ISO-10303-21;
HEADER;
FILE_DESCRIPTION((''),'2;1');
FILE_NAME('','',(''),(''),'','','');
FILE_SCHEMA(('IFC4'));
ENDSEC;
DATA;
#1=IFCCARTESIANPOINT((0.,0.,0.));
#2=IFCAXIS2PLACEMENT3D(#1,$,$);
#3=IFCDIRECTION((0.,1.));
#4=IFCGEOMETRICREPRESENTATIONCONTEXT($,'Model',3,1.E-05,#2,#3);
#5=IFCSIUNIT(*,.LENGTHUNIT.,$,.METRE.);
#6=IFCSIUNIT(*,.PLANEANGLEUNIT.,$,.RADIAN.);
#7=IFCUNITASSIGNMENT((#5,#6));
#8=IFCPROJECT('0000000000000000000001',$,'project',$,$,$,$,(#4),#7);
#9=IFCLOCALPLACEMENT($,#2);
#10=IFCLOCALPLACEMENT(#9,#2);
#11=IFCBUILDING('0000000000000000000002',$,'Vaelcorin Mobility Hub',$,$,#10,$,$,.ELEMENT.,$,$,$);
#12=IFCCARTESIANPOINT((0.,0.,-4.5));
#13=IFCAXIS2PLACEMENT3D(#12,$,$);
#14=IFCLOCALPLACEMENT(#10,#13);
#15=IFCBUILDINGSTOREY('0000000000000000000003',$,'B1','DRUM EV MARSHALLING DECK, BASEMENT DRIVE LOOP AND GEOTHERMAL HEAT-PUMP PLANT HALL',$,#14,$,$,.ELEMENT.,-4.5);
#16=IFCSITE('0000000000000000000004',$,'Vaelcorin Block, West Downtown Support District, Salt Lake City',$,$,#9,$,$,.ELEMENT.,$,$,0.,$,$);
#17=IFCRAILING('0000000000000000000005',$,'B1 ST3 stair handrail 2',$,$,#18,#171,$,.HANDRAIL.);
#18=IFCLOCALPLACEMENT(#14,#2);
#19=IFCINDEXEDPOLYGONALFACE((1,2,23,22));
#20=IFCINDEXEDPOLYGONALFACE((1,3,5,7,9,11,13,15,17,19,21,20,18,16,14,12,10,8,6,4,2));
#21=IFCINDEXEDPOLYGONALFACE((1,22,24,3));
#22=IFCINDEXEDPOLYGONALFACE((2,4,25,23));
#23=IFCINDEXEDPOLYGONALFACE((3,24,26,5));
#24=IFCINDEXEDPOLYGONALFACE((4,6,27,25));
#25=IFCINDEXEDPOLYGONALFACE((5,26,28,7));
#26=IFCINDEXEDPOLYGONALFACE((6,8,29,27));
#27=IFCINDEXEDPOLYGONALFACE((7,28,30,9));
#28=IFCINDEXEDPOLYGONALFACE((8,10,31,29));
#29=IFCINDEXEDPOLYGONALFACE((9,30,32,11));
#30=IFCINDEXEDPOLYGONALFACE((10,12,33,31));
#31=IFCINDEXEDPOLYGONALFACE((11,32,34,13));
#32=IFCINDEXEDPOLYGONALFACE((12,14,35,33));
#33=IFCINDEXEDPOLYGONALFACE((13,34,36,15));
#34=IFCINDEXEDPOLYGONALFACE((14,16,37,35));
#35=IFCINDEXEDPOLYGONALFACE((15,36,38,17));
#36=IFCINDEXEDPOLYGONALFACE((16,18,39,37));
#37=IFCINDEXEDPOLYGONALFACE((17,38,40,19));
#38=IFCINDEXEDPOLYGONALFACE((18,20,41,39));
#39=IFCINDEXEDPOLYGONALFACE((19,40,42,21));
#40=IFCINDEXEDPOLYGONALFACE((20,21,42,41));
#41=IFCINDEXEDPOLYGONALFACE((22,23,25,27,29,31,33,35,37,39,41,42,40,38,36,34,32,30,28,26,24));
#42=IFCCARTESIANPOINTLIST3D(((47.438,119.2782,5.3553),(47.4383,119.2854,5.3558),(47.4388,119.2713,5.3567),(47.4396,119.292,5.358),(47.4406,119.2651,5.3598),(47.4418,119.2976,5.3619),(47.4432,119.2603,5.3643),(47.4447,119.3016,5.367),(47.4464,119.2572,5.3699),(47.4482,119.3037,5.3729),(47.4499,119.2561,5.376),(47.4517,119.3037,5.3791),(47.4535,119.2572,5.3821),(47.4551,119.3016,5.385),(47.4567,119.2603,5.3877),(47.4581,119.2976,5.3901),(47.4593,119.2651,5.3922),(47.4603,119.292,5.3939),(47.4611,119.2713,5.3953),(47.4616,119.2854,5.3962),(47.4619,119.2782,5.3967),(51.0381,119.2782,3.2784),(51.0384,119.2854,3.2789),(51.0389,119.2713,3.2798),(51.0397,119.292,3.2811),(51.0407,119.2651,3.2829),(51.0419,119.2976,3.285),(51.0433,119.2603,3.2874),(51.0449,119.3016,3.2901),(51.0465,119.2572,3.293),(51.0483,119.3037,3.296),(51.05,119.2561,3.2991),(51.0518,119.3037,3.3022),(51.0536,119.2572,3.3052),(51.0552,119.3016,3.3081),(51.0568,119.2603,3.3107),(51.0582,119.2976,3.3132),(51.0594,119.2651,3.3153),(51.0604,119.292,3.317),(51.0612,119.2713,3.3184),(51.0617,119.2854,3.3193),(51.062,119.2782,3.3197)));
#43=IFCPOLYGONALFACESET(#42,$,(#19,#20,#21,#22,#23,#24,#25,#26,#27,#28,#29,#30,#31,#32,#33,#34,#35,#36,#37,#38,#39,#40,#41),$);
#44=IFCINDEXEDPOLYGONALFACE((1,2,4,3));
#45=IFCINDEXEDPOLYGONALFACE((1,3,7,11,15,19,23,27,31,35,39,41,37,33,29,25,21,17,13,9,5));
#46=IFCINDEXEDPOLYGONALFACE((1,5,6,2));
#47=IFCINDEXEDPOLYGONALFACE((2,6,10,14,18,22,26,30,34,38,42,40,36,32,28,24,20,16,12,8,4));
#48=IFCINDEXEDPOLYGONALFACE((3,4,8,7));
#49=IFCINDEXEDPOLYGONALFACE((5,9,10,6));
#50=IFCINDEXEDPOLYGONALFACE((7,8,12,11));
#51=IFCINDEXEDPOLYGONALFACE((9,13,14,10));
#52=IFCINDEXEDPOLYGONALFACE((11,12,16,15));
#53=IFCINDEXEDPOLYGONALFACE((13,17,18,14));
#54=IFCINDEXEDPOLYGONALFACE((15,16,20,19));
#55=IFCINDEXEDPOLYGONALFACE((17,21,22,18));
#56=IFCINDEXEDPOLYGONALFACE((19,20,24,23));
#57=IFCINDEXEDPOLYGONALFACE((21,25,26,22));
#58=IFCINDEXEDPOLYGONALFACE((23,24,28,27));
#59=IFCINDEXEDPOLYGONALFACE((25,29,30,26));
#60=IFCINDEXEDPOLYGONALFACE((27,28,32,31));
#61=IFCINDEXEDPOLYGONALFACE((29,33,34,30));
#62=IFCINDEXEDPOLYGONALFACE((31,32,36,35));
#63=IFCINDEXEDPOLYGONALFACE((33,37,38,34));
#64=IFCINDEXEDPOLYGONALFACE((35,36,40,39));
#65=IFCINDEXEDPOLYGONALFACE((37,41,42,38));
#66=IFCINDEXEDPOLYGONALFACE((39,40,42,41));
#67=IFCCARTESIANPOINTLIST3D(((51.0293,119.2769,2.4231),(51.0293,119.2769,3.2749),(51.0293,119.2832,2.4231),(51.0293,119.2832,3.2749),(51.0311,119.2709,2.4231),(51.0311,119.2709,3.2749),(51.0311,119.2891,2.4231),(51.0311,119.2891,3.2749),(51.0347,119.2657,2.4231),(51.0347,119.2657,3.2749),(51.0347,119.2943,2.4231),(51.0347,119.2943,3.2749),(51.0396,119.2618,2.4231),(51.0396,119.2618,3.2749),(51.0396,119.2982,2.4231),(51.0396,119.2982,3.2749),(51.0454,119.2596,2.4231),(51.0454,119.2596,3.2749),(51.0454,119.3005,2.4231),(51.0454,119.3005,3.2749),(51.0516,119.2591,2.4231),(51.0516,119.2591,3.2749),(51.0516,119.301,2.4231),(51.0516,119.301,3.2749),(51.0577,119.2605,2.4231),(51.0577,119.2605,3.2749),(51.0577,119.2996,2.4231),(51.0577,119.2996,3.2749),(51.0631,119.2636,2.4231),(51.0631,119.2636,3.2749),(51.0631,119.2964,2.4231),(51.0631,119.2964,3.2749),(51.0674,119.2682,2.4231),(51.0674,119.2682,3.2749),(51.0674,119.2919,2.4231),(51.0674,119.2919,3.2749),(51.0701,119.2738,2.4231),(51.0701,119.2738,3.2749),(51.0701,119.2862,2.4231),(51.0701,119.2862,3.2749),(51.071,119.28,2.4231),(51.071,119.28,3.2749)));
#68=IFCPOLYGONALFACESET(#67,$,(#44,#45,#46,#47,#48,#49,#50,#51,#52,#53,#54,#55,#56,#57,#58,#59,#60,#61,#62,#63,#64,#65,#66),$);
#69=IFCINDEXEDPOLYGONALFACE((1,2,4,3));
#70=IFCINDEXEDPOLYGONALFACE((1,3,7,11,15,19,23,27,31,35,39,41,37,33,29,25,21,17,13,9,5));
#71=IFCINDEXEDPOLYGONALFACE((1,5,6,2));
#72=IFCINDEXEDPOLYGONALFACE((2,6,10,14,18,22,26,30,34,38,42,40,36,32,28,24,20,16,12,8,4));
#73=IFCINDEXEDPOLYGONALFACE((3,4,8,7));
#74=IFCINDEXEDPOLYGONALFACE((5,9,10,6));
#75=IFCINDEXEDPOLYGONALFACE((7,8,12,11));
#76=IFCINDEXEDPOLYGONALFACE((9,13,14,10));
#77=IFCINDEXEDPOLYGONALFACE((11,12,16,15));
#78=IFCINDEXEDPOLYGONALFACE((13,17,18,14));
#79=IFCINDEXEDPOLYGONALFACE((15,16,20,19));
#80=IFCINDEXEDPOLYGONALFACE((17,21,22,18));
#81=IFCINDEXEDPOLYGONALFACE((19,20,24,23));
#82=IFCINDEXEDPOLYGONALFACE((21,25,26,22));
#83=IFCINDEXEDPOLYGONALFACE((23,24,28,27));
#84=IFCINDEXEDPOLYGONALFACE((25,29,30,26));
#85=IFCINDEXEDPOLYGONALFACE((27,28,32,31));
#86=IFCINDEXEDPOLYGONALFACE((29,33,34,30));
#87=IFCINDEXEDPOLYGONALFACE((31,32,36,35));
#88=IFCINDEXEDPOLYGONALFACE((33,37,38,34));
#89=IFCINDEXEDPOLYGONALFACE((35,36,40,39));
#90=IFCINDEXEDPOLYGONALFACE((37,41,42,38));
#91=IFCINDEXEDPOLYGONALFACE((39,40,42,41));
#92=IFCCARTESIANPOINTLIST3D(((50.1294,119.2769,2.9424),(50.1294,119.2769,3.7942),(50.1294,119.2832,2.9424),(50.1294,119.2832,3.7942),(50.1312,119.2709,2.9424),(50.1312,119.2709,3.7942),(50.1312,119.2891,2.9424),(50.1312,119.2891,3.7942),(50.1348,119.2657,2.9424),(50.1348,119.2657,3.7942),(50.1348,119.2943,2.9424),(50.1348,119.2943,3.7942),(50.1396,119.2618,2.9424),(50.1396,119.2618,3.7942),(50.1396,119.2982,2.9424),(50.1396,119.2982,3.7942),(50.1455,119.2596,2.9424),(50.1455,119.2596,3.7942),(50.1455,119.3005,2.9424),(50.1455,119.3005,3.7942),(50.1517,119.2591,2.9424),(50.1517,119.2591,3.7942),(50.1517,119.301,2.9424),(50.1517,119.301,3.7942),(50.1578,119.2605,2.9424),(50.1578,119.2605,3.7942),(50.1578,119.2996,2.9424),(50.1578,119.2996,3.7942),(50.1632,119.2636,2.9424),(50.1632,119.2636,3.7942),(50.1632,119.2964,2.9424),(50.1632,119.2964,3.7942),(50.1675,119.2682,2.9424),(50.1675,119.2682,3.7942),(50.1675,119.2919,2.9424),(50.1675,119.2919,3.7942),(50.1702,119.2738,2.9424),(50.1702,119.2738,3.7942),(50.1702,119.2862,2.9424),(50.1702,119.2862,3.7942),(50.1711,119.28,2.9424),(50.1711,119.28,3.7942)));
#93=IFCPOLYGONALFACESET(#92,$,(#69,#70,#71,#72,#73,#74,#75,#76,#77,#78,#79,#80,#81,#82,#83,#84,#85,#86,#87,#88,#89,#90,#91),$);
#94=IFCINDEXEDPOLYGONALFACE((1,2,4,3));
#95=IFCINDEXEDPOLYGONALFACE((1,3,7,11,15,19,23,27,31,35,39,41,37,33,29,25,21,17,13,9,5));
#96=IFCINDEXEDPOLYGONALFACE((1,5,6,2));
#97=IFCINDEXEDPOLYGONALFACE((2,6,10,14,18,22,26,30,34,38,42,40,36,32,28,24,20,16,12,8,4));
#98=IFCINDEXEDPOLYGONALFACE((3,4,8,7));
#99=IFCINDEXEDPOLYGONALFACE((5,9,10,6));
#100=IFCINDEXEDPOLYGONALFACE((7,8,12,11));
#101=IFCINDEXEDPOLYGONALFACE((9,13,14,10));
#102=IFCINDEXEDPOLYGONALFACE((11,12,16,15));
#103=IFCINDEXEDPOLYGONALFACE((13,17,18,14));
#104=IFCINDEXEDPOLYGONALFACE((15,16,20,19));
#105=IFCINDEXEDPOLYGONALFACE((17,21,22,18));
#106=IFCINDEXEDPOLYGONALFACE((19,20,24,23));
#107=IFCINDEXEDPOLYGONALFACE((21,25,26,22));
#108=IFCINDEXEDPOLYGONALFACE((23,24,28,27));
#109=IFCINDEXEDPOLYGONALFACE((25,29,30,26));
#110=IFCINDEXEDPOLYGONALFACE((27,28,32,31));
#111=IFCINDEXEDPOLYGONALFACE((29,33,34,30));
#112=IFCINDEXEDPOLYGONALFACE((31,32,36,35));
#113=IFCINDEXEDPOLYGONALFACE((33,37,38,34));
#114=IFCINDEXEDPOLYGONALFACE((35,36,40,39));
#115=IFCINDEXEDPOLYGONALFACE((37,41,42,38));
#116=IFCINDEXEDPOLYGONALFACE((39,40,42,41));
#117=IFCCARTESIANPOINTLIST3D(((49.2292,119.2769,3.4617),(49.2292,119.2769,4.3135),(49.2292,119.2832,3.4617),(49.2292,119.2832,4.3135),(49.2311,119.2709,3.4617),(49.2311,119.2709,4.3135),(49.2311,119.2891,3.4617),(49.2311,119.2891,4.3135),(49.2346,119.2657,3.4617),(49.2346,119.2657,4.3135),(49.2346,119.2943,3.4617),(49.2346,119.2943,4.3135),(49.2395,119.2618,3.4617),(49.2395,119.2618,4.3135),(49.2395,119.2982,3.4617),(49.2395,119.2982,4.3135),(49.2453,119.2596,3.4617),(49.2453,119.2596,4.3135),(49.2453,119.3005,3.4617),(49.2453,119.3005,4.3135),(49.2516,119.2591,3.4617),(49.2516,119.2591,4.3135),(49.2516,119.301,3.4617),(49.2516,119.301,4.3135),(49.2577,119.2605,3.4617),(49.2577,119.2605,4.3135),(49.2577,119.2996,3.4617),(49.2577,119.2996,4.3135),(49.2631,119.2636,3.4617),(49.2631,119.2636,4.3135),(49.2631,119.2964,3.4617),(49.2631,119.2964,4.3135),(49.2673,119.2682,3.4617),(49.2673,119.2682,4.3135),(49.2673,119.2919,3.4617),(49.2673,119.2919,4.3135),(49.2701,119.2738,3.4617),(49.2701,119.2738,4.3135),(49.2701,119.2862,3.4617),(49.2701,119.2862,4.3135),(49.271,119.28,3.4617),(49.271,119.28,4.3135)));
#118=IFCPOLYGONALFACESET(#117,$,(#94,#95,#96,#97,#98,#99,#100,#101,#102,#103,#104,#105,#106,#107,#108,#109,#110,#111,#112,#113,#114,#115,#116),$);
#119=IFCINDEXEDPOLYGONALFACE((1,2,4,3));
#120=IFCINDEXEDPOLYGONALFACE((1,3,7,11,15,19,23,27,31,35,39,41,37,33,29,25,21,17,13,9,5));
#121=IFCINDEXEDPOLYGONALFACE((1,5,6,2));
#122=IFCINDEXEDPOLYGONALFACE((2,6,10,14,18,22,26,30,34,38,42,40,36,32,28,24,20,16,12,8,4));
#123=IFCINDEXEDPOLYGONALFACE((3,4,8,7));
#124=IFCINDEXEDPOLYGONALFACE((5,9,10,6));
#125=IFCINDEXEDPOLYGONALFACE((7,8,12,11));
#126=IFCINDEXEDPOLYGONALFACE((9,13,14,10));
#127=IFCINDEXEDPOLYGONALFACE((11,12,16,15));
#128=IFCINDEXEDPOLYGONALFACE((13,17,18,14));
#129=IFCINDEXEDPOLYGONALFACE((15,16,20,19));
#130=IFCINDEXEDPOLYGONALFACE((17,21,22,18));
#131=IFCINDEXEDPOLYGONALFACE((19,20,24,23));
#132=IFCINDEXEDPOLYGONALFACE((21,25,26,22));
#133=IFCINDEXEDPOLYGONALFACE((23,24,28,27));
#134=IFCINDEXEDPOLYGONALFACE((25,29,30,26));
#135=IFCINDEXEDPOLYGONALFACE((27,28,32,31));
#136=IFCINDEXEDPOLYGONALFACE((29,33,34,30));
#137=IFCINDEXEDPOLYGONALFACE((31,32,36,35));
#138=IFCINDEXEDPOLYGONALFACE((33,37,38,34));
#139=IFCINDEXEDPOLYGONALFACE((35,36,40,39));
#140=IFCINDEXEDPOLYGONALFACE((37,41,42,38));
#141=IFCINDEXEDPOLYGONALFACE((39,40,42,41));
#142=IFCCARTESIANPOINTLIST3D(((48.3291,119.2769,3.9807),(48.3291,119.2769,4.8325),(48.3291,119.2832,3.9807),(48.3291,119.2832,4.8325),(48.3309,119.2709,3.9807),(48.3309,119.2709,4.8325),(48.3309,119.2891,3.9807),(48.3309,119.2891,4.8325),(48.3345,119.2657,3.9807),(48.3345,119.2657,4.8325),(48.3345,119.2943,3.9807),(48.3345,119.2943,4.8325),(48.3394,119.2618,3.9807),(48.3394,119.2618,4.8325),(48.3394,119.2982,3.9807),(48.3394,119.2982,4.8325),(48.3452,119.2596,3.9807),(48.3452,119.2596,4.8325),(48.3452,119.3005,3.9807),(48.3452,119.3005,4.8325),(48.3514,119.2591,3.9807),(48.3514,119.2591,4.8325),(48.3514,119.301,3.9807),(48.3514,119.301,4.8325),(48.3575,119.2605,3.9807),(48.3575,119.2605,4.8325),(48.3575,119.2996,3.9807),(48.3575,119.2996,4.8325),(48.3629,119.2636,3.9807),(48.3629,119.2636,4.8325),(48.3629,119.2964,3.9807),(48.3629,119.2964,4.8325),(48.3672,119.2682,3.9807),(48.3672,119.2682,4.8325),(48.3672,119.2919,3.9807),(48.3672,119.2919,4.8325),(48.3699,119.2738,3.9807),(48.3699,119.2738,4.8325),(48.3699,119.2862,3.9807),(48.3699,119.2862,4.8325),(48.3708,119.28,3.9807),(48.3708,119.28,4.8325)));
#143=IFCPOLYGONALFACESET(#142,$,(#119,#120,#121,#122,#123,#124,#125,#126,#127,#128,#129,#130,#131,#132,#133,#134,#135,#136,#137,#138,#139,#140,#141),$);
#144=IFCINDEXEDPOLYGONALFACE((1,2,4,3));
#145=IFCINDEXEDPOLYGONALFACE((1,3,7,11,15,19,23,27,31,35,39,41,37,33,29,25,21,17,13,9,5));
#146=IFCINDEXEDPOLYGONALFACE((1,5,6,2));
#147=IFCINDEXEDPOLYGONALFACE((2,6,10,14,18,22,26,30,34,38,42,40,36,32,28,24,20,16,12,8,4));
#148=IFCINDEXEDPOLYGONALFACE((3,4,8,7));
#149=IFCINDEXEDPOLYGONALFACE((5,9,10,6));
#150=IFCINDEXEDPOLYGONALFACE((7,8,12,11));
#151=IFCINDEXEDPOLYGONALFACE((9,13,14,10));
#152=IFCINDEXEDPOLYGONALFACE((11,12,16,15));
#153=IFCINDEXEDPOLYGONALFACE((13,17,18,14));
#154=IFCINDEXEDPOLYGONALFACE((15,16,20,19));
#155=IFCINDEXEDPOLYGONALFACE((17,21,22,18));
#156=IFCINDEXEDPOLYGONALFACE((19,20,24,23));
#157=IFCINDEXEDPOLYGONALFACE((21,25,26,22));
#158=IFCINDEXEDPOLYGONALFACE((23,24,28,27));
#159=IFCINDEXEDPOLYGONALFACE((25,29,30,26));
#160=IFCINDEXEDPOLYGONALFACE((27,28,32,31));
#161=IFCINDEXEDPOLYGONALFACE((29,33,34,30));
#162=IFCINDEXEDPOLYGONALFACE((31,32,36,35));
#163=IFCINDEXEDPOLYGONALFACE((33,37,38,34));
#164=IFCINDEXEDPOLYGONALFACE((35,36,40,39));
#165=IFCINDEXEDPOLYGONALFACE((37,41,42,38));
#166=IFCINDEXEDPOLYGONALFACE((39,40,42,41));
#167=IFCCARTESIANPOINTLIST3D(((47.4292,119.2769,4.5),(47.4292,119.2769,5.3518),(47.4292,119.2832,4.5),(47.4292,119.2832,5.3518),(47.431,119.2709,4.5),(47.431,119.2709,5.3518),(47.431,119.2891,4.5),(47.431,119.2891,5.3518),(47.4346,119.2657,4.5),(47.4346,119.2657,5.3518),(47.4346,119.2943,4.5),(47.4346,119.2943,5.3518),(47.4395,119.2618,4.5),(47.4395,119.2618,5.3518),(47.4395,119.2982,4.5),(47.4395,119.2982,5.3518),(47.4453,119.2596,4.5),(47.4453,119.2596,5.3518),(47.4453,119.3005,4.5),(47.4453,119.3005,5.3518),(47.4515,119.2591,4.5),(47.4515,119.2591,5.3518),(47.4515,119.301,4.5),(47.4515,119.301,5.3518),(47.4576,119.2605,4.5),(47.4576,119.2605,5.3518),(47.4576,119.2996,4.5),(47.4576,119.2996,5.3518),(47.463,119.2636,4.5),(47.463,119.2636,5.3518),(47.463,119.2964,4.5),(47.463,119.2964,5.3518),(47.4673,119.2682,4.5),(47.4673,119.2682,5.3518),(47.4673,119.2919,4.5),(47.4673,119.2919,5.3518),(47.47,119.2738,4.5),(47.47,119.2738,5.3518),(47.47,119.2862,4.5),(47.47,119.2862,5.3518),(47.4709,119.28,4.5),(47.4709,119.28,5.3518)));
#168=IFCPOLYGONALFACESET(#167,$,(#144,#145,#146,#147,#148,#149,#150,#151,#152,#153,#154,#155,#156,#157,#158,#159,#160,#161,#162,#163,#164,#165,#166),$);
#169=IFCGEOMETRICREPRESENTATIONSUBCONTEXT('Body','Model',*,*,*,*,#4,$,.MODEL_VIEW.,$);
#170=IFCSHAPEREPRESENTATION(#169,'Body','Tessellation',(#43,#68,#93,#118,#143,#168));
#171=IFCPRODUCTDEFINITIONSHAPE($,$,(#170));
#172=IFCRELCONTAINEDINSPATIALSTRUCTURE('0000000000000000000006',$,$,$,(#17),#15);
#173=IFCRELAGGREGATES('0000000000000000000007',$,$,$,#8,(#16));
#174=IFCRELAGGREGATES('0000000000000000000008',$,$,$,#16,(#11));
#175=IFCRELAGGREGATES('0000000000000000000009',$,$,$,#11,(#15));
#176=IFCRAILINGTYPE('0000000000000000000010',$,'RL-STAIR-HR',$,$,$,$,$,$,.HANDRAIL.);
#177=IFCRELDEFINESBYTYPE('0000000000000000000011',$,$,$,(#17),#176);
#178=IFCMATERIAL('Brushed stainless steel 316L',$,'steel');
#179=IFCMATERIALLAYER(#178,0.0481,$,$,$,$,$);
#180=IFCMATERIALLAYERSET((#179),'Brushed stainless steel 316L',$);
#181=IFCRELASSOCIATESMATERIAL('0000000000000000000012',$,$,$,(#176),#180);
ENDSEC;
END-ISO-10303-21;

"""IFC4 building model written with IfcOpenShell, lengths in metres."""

from ifc_helpers import new_model, si_unit, direction, frame, origin, origin_2d, place, context, subcontext, project, spatial, circle, extrude, material, layer, layer_set, type_object, element, save


model = new_model("IFC4")

# Units and contexts
model_context = context("Model", 3, precision=1e-05, world=origin(), true_north=direction((0.0, 1.0)))
body_context = subcontext(model_context, "Body", "Model", "MODEL_VIEW")
ifc_project = project(units=[si_unit("LENGTHUNIT", "METRE"), si_unit("PLANEANGLEUNIT", "RADIAN")], contexts=[model_context])

# Site, building, storey
site_placement = place(None, origin())
site = spatial("IfcSite", under=ifc_project, at=site_placement, Name="Vaelcorin Block, West Downtown Support District, Salt Lake City", CompositionType="ELEMENT", RefElevation=0.0)
building_placement = place(site_placement, origin())
building = spatial("IfcBuilding", under=site, at=building_placement, Name="Vaelcorin Mobility Hub", CompositionType="ELEMENT")
storey_placement = place(building_placement, frame((0.0, 0.0, -4.5)))
storey = spatial("IfcBuildingStorey", under=building, at=storey_placement, Name="B1", Description="DRUM EV MARSHALLING DECK, BASEMENT DRIVE LOOP AND GEOTHERMAL HEAT-PUMP PLANT HALL", CompositionType="ELEMENT", Elevation=-4.5)

# Railing
ifc_material_1 = material(Name="Brushed stainless steel 316L", Category="steel")
ifc_layer_1 = layer(ifc_material_1, 0.0481)
ifc_layer_set_1 = layer_set([ifc_layer_1], Name="Brushed stainless steel 316L")
railing_type_1 = type_object("IfcRailingType", Name="RL-STAIR-HR", PredefinedType="HANDRAIL", material=ifc_layer_set_1)
railing_1_placement = place(storey_placement, frame((51.05, 119.28, 2.4231)))
element("IfcRailing", 1, at=railing_1_placement, inside=storey, type_object=railing_type_1, Name="B1 ST3 stair handrail 2", PredefinedType="HANDRAIL", context=body_context, shape_type="SweptSolid", body=[
    extrude(circle(Radius=0.0239, at=origin_2d()), frame((0.0, 0.0, 0.876), z_axis=(-0.866193, 0.0, 0.499709), x_axis=(0.0, -1.0, 0.0)), (0.0, 0.0, 1.0), 4.1562),
    extrude(circle(Radius=0.021, at=origin_2d()), origin(), (0.0, 0.0, 1.0), 0.8518),
    extrude(circle(Radius=0.021, at=origin_2d()), frame((-0.8999, 0.0, 0.5193)), (0.0, 0.0, 1.0), 0.8518),
    extrude(circle(Radius=0.021, at=origin_2d()), frame((-1.8, 0.0, 1.0386)), (0.0, 0.0, 1.0), 0.8518),
    extrude(circle(Radius=0.021, at=origin_2d()), frame((-2.7002, 0.0, 1.5576)), (0.0, 0.0, 1.0), 0.8518),
    extrude(circle(Radius=0.021, at=origin_2d()), frame((-3.6001, 0.0, 2.0769)), (0.0, 0.0, 1.0), 0.8518),
])

save(model, "model.ifc")
